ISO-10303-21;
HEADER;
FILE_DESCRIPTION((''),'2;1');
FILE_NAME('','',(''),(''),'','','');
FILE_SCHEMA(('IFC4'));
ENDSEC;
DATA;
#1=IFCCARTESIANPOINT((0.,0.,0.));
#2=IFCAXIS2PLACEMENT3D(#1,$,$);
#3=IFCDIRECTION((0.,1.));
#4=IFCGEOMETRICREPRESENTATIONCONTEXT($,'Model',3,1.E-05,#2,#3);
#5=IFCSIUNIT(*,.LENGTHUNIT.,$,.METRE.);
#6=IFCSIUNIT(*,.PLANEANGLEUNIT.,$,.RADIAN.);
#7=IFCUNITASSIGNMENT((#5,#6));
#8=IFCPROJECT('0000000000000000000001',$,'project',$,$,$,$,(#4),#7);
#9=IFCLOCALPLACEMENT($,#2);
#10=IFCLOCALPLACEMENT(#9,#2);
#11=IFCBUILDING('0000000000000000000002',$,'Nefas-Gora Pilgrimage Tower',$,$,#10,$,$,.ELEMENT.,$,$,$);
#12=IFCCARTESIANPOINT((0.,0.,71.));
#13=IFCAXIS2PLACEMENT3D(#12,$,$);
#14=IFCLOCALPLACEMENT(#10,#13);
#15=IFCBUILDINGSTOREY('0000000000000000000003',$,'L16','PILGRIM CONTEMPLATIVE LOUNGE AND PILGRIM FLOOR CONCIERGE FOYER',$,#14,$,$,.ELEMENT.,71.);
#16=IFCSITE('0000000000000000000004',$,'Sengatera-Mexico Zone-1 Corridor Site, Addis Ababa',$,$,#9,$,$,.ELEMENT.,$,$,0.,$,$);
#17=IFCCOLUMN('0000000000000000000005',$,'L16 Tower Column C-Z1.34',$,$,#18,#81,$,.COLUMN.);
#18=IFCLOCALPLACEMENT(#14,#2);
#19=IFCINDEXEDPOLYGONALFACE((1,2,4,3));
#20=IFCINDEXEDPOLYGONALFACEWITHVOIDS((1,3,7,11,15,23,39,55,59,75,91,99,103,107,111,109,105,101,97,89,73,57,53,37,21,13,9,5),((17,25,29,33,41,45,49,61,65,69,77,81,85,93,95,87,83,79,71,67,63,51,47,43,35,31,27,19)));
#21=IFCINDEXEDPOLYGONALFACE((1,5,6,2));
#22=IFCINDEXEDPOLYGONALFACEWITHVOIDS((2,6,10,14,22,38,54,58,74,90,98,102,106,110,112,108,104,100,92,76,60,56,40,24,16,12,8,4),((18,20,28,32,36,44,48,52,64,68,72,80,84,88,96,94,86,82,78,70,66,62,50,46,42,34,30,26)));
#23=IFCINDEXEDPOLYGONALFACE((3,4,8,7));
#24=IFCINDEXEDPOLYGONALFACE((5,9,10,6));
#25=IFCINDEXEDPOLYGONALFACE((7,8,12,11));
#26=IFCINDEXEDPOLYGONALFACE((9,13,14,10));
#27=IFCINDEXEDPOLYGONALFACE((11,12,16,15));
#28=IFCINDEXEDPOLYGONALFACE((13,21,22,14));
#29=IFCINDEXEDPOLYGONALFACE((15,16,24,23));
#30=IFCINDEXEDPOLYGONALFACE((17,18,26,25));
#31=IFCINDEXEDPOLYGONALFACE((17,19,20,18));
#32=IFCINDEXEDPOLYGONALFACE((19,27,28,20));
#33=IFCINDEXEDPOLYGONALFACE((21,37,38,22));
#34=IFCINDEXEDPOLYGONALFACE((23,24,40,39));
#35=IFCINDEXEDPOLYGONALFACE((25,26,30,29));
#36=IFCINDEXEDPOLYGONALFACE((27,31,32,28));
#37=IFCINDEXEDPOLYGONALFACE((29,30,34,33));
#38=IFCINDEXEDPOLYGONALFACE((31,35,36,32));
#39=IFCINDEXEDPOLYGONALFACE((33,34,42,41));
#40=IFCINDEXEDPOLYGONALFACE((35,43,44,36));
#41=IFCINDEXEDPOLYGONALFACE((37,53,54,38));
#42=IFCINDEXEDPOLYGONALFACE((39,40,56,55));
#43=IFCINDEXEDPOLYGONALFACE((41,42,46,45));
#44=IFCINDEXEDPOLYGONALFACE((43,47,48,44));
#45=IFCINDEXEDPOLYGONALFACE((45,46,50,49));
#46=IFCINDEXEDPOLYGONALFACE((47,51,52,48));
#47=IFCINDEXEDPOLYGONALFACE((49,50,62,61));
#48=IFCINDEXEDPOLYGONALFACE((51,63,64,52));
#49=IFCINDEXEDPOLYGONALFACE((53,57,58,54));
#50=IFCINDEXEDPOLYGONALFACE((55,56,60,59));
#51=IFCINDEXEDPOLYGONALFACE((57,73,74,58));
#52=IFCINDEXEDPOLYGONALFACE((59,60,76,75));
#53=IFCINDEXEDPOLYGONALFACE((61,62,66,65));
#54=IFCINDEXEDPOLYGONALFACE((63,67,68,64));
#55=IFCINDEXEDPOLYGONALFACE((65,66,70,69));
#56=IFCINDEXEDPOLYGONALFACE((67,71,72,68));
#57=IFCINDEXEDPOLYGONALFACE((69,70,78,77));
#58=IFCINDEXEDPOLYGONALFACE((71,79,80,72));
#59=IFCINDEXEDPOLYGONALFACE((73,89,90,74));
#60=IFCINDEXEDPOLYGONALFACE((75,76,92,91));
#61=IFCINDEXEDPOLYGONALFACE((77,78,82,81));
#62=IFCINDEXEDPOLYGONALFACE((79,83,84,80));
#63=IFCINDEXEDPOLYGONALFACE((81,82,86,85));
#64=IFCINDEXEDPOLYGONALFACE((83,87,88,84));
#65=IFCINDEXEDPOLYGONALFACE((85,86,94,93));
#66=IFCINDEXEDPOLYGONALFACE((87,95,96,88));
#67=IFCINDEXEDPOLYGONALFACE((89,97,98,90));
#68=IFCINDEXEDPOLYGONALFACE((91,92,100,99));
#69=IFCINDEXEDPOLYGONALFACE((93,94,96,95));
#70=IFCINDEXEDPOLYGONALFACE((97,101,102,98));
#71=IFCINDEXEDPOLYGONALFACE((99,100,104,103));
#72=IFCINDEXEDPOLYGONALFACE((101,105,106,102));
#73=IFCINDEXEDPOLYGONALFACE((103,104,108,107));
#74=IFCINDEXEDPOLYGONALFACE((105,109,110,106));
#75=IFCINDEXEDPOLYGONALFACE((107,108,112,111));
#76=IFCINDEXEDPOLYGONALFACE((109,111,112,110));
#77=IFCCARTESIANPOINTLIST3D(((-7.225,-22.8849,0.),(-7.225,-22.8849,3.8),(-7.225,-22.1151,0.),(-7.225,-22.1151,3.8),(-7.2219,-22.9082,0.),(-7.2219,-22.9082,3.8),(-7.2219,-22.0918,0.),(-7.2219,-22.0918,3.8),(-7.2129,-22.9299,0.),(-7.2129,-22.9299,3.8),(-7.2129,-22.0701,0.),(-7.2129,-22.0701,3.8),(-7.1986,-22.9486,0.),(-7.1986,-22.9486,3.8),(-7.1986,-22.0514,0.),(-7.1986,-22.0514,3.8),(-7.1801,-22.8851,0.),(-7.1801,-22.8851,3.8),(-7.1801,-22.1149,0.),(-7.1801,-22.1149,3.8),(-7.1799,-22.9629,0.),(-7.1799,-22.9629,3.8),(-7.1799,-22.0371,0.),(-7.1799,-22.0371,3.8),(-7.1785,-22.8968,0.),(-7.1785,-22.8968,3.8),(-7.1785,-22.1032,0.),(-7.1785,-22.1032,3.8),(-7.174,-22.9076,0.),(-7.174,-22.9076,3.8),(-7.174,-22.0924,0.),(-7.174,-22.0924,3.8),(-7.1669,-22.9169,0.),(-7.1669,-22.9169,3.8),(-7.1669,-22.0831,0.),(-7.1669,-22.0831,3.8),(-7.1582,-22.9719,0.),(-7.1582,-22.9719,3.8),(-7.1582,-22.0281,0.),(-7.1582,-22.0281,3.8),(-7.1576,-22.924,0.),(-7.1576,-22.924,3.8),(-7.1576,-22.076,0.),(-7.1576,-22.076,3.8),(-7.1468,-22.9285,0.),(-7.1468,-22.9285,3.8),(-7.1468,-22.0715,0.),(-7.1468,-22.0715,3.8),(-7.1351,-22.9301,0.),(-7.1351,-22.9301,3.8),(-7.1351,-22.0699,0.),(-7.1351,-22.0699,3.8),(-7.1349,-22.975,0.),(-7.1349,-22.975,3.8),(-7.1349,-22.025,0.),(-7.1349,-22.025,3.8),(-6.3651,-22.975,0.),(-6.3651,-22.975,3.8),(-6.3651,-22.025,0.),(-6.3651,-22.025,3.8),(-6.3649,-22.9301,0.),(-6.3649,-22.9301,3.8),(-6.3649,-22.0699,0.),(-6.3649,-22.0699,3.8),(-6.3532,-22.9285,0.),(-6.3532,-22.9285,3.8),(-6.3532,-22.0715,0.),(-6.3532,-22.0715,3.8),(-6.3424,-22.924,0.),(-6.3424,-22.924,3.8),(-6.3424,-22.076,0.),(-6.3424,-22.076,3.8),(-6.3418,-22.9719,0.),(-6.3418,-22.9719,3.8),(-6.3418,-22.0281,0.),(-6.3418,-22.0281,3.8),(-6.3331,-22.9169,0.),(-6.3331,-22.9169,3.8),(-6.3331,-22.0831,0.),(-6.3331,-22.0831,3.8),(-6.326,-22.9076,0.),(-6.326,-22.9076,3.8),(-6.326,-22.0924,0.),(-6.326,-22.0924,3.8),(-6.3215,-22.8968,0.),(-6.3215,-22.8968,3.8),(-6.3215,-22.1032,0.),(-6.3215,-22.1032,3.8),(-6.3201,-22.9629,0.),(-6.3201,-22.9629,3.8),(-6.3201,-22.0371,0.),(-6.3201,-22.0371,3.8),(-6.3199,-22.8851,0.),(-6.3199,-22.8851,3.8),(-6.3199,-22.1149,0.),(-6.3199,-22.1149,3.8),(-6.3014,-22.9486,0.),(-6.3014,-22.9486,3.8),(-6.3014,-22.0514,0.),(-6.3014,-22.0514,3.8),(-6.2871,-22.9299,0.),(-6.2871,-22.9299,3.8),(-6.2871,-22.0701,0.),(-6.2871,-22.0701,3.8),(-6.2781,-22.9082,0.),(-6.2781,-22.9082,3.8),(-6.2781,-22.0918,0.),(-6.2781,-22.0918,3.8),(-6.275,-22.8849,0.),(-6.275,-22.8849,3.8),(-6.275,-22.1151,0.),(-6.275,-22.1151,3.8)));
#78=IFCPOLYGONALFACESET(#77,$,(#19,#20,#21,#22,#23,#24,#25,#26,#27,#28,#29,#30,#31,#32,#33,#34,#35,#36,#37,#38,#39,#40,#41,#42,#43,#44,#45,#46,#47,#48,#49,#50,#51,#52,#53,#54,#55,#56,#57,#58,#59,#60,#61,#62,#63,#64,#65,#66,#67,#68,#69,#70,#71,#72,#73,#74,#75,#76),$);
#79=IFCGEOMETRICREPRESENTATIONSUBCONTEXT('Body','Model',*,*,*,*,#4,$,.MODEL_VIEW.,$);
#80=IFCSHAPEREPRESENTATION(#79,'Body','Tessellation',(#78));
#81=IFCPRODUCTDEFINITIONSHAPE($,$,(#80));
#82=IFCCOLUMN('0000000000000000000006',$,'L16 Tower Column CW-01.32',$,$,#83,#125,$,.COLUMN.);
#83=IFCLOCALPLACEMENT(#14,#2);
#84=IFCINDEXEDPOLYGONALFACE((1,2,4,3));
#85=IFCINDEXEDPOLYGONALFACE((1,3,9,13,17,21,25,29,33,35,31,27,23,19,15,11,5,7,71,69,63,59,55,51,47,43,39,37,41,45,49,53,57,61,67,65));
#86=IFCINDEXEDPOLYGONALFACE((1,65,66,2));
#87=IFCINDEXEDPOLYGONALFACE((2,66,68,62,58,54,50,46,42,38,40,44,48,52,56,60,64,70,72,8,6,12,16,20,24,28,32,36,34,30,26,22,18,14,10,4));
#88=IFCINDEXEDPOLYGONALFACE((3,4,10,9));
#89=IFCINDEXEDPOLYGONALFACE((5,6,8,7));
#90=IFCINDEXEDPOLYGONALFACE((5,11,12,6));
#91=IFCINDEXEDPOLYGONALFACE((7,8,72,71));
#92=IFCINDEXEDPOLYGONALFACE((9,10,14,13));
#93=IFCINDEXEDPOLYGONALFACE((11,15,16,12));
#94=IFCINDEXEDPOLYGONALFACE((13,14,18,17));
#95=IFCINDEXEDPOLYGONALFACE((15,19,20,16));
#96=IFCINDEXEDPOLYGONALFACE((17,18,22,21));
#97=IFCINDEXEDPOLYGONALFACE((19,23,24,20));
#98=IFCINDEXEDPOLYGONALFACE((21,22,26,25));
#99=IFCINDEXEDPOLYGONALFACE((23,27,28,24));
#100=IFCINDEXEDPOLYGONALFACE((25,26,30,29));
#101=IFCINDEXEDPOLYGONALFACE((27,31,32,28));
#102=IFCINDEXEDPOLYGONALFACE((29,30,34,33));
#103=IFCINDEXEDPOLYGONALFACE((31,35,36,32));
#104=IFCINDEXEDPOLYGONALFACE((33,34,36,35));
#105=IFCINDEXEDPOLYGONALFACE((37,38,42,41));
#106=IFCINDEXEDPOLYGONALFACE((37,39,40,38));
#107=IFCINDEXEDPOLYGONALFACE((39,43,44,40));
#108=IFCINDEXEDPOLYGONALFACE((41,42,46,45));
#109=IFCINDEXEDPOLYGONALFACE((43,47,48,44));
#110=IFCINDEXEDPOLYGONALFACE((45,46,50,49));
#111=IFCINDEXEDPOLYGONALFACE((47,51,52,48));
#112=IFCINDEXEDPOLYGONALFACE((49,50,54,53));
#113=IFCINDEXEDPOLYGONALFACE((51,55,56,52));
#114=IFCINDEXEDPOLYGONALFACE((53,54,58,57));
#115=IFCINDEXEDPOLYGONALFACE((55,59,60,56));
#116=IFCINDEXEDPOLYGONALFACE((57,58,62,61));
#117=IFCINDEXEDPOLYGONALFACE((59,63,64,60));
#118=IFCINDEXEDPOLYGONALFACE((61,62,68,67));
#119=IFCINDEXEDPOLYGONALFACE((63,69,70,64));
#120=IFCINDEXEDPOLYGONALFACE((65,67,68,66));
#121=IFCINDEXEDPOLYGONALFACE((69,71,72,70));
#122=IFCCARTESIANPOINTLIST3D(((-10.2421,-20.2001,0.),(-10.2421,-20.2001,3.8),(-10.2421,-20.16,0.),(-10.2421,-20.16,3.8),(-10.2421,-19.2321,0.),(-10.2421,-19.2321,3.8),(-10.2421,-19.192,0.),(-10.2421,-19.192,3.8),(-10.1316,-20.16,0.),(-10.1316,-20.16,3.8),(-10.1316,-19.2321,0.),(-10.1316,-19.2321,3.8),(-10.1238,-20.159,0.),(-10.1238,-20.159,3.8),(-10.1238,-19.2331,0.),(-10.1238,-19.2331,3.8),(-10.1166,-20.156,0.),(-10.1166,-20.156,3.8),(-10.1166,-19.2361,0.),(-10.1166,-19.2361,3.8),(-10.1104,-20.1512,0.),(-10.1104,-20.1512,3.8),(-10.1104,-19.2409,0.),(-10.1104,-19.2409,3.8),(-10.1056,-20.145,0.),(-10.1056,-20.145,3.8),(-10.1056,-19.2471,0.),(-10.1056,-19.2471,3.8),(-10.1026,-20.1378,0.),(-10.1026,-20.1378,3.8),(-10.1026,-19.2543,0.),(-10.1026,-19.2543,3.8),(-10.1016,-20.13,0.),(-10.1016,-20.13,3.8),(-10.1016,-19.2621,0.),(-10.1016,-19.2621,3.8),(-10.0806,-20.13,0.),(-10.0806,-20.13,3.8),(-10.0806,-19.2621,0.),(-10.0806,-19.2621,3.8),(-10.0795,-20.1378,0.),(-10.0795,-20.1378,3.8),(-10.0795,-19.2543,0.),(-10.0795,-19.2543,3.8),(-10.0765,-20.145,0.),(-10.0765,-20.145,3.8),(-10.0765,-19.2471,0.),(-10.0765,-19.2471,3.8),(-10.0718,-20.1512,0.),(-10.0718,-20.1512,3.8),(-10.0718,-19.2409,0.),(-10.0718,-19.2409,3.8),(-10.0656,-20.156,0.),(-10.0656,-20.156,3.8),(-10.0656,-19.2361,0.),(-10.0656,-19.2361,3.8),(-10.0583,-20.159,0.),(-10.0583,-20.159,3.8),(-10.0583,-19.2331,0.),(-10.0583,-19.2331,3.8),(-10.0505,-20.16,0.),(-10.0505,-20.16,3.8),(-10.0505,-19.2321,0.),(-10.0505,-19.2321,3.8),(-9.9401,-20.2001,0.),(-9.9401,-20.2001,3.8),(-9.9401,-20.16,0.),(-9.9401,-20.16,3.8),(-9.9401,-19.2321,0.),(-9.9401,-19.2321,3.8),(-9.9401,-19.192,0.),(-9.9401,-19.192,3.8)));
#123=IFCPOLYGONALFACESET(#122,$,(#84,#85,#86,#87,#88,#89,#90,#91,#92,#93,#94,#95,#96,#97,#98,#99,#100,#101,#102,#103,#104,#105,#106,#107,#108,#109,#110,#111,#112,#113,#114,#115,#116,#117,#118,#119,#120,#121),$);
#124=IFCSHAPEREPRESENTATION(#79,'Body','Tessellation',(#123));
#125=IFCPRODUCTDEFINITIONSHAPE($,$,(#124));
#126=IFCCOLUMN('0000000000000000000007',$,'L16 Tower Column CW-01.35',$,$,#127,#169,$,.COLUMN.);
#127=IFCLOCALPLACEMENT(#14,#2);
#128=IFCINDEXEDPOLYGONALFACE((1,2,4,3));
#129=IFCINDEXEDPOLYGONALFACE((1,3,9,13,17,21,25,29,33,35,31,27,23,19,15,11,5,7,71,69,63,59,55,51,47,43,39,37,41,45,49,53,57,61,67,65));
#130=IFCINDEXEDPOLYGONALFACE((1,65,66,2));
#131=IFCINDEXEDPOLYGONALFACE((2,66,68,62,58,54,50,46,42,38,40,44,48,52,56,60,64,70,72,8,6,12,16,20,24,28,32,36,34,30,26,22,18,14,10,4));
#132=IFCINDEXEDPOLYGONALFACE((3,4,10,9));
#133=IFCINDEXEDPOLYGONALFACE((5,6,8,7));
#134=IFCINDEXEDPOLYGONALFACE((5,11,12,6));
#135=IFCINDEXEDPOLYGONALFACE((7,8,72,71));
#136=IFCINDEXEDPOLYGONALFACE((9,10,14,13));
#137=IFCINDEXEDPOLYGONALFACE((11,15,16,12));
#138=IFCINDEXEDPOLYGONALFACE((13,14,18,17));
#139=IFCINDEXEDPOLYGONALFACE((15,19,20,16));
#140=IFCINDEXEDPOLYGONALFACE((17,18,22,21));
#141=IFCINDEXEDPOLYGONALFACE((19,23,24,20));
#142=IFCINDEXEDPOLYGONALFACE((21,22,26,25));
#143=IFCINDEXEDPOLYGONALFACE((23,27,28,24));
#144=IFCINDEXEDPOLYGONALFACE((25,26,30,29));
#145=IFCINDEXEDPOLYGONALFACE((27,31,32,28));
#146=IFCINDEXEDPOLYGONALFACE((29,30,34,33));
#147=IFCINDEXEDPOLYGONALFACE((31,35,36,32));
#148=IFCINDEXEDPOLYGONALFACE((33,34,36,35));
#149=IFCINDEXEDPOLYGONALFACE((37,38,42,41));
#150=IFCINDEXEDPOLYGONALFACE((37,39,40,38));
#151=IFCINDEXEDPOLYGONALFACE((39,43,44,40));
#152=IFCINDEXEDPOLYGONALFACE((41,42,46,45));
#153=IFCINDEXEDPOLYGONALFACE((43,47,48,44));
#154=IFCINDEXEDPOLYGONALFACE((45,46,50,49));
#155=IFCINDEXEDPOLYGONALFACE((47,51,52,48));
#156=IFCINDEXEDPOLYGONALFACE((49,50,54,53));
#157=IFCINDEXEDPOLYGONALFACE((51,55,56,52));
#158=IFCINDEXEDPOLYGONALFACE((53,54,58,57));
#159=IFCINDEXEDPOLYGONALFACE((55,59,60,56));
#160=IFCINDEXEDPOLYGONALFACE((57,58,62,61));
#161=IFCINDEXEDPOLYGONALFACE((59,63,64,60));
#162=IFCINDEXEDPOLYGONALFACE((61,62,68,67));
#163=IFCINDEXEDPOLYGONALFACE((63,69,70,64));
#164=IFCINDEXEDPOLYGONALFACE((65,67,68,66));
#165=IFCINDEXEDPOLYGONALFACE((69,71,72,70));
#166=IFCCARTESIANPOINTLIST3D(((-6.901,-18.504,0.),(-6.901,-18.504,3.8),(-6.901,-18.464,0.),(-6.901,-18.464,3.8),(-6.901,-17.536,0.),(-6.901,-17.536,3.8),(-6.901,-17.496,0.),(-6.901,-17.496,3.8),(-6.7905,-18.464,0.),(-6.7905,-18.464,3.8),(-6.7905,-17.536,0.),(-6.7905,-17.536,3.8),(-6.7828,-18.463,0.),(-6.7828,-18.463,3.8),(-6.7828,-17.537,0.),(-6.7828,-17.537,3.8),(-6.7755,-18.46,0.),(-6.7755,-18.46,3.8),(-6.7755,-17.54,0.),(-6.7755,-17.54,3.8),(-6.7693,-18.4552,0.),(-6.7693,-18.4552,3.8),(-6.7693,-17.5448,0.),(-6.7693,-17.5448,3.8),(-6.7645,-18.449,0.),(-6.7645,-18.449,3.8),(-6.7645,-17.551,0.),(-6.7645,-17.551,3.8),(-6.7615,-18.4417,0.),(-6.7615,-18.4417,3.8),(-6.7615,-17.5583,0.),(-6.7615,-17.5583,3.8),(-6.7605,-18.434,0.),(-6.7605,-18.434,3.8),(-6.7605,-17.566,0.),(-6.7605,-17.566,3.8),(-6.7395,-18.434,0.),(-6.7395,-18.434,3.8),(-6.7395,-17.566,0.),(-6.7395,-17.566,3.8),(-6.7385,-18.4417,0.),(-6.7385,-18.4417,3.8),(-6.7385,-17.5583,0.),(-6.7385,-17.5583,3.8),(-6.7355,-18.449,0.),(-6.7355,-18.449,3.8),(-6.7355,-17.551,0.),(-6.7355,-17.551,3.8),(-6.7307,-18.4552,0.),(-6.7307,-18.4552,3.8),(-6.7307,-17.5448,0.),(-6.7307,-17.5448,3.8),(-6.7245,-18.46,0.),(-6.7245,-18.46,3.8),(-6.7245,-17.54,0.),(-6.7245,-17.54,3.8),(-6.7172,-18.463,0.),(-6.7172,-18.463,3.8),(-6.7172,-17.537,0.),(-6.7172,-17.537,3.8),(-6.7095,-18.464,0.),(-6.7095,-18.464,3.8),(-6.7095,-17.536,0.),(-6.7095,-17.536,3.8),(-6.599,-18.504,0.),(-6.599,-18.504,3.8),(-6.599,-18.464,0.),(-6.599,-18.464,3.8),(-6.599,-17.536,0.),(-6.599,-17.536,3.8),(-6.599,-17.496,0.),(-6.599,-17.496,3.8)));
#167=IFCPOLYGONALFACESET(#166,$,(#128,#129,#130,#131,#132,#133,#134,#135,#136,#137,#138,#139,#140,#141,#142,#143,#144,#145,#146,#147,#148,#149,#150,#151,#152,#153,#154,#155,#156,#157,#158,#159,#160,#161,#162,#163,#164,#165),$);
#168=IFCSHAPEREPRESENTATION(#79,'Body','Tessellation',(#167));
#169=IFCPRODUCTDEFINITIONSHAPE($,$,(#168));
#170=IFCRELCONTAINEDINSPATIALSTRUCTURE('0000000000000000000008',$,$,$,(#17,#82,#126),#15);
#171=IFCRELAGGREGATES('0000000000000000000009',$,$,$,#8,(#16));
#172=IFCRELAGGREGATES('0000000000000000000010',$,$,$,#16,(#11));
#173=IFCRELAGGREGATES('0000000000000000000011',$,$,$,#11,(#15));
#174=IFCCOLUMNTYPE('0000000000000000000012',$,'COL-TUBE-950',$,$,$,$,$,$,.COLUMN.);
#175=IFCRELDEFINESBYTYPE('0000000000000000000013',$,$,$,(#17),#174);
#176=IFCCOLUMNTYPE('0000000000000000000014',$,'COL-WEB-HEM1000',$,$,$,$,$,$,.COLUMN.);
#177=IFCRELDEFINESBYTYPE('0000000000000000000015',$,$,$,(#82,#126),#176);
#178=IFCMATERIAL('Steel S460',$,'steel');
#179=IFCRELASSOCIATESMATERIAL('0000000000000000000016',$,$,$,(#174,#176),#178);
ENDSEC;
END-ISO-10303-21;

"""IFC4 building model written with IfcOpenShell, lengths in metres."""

from ifc_helpers import new_model, si_unit, direction, frame, origin, origin_2d, place, context, subcontext, project, spatial, hollow_rectangle, i_section, extrude, source, transform, mapped, material, material_profile, profile_set, type_object, element, save


model = new_model("IFC4")

# Units and contexts
model_context = context("Model", 3, precision=1e-05, world=origin(), true_north=direction((0.0, 1.0)))
body_context = subcontext(model_context, "Body", "Model", "MODEL_VIEW")
ifc_project = project(units=[si_unit("LENGTHUNIT", "METRE"), si_unit("PLANEANGLEUNIT", "RADIAN")], contexts=[model_context])

# Site, building, storey
site_placement = place(None, origin())
site = spatial("IfcSite", under=ifc_project, at=site_placement, Name="Sengatera-Mexico Zone-1 Corridor Site, Addis Ababa", CompositionType="ELEMENT", RefElevation=0.0)
building_placement = place(site_placement, origin())
building = spatial("IfcBuilding", under=site, at=building_placement, Name="Nefas-Gora Pilgrimage Tower", CompositionType="ELEMENT")
storey_placement = place(building_placement, frame((0.0, 0.0, 71.0)))
storey = spatial("IfcBuildingStorey", under=building, at=storey_placement, Name="L16", Description="PILGRIM CONTEMPLATIVE LOUNGE AND PILGRIM FLOOR CONCIERGE FOYER", CompositionType="ELEMENT", Elevation=71.0)

# Columns
ifc_material_1 = material(Name="Steel S460", Category="steel")
ifc_material_profile_1 = material_profile(ifc_material_1, hollow_rectangle(XDim=0.95, YDim=0.95, WallThickness=0.0449, InnerFilletRadius=0.0449, OuterFilletRadius=0.0901, at=origin_2d()), Name="BOX 950x950x45")
ifc_profile_set_1 = profile_set([ifc_material_profile_1], Name="Steel S460")
column_type_1 = type_object("IfcColumnType", Name="COL-TUBE-950", PredefinedType="COLUMN", material=ifc_profile_set_1)
shared_shape_1 = source(origin(), body_context, "Body", "SweptSolid", [
    extrude(hollow_rectangle(XDim=0.95, YDim=0.95, WallThickness=0.0449, InnerFilletRadius=0.0449, OuterFilletRadius=0.0901, at=origin_2d()), origin(), (0.0, 0.0, 1.0), 3.8),
])
column_1_placement = place(storey_placement, frame((-6.75, -22.5, 0.0), z_axis=(0.0, 0.0, 1.0), x_axis=(1.0, 0.0, 0.0)))
element("IfcColumn", 1, at=column_1_placement, inside=storey, type_object=column_type_1, Name="L16 Tower Column C-Z1.34", PredefinedType="COLUMN", context=body_context, shape_type="MappedRepresentation", body=[
    mapped(shared_shape_1, transform((0.0, 0.0, 0.0), x_axis=(1.0, 0.0, 0.0), y_axis=(0.0, 1.0, 0.0), z_axis=(0.0, 0.0, 1.0), scale=1.0)),
])
ifc_material_profile_2 = material_profile(ifc_material_1, i_section(OverallWidth=0.302, OverallDepth=1.0081, WebThickness=0.021, FlangeThickness=0.04, FilletRadius=0.03, at=origin_2d()), Name="HEM 1000")
ifc_profile_set_2 = profile_set([ifc_material_profile_2], Name="Steel S460")
column_type_2 = type_object("IfcColumnType", Name="COL-WEB-HEM1000", PredefinedType="COLUMN", material=ifc_profile_set_2)
shared_shape_2 = source(origin(), body_context, "Body", "SweptSolid", [
    extrude(i_section(OverallWidth=0.302, OverallDepth=1.0081, WebThickness=0.021, FlangeThickness=0.04, FilletRadius=0.03, at=origin_2d()), origin(), (0.0, 0.0, 1.0), 3.8),
])
for number, where, z_axis, x_axis, name in (
    (2, (-10.0911, -19.696, 0.0), (0.0, 0.0, 1.0), (1.0, 0.0, 0.0), "L16 Tower Column CW-01.32"),
    (3, (-6.75, -18.0, 0.0), (0.0, 0.0, 1.0), (1.0, 0.0, 0.0), "L16 Tower Column CW-01.35"),
):
    element("IfcColumn", number, at=place(storey_placement, frame(where, z_axis=z_axis, x_axis=x_axis)), inside=storey, type_object=column_type_2, Name=name, PredefinedType="COLUMN", context=body_context, shape_type="MappedRepresentation", body=[
        mapped(shared_shape_2, transform((0.0, 0.0, 0.0), x_axis=(1.0, 0.0, 0.0), y_axis=(0.0, 1.0, 0.0), z_axis=(0.0, 0.0, 1.0), scale=1.0)),
    ])

save(model, "model.ifc")
